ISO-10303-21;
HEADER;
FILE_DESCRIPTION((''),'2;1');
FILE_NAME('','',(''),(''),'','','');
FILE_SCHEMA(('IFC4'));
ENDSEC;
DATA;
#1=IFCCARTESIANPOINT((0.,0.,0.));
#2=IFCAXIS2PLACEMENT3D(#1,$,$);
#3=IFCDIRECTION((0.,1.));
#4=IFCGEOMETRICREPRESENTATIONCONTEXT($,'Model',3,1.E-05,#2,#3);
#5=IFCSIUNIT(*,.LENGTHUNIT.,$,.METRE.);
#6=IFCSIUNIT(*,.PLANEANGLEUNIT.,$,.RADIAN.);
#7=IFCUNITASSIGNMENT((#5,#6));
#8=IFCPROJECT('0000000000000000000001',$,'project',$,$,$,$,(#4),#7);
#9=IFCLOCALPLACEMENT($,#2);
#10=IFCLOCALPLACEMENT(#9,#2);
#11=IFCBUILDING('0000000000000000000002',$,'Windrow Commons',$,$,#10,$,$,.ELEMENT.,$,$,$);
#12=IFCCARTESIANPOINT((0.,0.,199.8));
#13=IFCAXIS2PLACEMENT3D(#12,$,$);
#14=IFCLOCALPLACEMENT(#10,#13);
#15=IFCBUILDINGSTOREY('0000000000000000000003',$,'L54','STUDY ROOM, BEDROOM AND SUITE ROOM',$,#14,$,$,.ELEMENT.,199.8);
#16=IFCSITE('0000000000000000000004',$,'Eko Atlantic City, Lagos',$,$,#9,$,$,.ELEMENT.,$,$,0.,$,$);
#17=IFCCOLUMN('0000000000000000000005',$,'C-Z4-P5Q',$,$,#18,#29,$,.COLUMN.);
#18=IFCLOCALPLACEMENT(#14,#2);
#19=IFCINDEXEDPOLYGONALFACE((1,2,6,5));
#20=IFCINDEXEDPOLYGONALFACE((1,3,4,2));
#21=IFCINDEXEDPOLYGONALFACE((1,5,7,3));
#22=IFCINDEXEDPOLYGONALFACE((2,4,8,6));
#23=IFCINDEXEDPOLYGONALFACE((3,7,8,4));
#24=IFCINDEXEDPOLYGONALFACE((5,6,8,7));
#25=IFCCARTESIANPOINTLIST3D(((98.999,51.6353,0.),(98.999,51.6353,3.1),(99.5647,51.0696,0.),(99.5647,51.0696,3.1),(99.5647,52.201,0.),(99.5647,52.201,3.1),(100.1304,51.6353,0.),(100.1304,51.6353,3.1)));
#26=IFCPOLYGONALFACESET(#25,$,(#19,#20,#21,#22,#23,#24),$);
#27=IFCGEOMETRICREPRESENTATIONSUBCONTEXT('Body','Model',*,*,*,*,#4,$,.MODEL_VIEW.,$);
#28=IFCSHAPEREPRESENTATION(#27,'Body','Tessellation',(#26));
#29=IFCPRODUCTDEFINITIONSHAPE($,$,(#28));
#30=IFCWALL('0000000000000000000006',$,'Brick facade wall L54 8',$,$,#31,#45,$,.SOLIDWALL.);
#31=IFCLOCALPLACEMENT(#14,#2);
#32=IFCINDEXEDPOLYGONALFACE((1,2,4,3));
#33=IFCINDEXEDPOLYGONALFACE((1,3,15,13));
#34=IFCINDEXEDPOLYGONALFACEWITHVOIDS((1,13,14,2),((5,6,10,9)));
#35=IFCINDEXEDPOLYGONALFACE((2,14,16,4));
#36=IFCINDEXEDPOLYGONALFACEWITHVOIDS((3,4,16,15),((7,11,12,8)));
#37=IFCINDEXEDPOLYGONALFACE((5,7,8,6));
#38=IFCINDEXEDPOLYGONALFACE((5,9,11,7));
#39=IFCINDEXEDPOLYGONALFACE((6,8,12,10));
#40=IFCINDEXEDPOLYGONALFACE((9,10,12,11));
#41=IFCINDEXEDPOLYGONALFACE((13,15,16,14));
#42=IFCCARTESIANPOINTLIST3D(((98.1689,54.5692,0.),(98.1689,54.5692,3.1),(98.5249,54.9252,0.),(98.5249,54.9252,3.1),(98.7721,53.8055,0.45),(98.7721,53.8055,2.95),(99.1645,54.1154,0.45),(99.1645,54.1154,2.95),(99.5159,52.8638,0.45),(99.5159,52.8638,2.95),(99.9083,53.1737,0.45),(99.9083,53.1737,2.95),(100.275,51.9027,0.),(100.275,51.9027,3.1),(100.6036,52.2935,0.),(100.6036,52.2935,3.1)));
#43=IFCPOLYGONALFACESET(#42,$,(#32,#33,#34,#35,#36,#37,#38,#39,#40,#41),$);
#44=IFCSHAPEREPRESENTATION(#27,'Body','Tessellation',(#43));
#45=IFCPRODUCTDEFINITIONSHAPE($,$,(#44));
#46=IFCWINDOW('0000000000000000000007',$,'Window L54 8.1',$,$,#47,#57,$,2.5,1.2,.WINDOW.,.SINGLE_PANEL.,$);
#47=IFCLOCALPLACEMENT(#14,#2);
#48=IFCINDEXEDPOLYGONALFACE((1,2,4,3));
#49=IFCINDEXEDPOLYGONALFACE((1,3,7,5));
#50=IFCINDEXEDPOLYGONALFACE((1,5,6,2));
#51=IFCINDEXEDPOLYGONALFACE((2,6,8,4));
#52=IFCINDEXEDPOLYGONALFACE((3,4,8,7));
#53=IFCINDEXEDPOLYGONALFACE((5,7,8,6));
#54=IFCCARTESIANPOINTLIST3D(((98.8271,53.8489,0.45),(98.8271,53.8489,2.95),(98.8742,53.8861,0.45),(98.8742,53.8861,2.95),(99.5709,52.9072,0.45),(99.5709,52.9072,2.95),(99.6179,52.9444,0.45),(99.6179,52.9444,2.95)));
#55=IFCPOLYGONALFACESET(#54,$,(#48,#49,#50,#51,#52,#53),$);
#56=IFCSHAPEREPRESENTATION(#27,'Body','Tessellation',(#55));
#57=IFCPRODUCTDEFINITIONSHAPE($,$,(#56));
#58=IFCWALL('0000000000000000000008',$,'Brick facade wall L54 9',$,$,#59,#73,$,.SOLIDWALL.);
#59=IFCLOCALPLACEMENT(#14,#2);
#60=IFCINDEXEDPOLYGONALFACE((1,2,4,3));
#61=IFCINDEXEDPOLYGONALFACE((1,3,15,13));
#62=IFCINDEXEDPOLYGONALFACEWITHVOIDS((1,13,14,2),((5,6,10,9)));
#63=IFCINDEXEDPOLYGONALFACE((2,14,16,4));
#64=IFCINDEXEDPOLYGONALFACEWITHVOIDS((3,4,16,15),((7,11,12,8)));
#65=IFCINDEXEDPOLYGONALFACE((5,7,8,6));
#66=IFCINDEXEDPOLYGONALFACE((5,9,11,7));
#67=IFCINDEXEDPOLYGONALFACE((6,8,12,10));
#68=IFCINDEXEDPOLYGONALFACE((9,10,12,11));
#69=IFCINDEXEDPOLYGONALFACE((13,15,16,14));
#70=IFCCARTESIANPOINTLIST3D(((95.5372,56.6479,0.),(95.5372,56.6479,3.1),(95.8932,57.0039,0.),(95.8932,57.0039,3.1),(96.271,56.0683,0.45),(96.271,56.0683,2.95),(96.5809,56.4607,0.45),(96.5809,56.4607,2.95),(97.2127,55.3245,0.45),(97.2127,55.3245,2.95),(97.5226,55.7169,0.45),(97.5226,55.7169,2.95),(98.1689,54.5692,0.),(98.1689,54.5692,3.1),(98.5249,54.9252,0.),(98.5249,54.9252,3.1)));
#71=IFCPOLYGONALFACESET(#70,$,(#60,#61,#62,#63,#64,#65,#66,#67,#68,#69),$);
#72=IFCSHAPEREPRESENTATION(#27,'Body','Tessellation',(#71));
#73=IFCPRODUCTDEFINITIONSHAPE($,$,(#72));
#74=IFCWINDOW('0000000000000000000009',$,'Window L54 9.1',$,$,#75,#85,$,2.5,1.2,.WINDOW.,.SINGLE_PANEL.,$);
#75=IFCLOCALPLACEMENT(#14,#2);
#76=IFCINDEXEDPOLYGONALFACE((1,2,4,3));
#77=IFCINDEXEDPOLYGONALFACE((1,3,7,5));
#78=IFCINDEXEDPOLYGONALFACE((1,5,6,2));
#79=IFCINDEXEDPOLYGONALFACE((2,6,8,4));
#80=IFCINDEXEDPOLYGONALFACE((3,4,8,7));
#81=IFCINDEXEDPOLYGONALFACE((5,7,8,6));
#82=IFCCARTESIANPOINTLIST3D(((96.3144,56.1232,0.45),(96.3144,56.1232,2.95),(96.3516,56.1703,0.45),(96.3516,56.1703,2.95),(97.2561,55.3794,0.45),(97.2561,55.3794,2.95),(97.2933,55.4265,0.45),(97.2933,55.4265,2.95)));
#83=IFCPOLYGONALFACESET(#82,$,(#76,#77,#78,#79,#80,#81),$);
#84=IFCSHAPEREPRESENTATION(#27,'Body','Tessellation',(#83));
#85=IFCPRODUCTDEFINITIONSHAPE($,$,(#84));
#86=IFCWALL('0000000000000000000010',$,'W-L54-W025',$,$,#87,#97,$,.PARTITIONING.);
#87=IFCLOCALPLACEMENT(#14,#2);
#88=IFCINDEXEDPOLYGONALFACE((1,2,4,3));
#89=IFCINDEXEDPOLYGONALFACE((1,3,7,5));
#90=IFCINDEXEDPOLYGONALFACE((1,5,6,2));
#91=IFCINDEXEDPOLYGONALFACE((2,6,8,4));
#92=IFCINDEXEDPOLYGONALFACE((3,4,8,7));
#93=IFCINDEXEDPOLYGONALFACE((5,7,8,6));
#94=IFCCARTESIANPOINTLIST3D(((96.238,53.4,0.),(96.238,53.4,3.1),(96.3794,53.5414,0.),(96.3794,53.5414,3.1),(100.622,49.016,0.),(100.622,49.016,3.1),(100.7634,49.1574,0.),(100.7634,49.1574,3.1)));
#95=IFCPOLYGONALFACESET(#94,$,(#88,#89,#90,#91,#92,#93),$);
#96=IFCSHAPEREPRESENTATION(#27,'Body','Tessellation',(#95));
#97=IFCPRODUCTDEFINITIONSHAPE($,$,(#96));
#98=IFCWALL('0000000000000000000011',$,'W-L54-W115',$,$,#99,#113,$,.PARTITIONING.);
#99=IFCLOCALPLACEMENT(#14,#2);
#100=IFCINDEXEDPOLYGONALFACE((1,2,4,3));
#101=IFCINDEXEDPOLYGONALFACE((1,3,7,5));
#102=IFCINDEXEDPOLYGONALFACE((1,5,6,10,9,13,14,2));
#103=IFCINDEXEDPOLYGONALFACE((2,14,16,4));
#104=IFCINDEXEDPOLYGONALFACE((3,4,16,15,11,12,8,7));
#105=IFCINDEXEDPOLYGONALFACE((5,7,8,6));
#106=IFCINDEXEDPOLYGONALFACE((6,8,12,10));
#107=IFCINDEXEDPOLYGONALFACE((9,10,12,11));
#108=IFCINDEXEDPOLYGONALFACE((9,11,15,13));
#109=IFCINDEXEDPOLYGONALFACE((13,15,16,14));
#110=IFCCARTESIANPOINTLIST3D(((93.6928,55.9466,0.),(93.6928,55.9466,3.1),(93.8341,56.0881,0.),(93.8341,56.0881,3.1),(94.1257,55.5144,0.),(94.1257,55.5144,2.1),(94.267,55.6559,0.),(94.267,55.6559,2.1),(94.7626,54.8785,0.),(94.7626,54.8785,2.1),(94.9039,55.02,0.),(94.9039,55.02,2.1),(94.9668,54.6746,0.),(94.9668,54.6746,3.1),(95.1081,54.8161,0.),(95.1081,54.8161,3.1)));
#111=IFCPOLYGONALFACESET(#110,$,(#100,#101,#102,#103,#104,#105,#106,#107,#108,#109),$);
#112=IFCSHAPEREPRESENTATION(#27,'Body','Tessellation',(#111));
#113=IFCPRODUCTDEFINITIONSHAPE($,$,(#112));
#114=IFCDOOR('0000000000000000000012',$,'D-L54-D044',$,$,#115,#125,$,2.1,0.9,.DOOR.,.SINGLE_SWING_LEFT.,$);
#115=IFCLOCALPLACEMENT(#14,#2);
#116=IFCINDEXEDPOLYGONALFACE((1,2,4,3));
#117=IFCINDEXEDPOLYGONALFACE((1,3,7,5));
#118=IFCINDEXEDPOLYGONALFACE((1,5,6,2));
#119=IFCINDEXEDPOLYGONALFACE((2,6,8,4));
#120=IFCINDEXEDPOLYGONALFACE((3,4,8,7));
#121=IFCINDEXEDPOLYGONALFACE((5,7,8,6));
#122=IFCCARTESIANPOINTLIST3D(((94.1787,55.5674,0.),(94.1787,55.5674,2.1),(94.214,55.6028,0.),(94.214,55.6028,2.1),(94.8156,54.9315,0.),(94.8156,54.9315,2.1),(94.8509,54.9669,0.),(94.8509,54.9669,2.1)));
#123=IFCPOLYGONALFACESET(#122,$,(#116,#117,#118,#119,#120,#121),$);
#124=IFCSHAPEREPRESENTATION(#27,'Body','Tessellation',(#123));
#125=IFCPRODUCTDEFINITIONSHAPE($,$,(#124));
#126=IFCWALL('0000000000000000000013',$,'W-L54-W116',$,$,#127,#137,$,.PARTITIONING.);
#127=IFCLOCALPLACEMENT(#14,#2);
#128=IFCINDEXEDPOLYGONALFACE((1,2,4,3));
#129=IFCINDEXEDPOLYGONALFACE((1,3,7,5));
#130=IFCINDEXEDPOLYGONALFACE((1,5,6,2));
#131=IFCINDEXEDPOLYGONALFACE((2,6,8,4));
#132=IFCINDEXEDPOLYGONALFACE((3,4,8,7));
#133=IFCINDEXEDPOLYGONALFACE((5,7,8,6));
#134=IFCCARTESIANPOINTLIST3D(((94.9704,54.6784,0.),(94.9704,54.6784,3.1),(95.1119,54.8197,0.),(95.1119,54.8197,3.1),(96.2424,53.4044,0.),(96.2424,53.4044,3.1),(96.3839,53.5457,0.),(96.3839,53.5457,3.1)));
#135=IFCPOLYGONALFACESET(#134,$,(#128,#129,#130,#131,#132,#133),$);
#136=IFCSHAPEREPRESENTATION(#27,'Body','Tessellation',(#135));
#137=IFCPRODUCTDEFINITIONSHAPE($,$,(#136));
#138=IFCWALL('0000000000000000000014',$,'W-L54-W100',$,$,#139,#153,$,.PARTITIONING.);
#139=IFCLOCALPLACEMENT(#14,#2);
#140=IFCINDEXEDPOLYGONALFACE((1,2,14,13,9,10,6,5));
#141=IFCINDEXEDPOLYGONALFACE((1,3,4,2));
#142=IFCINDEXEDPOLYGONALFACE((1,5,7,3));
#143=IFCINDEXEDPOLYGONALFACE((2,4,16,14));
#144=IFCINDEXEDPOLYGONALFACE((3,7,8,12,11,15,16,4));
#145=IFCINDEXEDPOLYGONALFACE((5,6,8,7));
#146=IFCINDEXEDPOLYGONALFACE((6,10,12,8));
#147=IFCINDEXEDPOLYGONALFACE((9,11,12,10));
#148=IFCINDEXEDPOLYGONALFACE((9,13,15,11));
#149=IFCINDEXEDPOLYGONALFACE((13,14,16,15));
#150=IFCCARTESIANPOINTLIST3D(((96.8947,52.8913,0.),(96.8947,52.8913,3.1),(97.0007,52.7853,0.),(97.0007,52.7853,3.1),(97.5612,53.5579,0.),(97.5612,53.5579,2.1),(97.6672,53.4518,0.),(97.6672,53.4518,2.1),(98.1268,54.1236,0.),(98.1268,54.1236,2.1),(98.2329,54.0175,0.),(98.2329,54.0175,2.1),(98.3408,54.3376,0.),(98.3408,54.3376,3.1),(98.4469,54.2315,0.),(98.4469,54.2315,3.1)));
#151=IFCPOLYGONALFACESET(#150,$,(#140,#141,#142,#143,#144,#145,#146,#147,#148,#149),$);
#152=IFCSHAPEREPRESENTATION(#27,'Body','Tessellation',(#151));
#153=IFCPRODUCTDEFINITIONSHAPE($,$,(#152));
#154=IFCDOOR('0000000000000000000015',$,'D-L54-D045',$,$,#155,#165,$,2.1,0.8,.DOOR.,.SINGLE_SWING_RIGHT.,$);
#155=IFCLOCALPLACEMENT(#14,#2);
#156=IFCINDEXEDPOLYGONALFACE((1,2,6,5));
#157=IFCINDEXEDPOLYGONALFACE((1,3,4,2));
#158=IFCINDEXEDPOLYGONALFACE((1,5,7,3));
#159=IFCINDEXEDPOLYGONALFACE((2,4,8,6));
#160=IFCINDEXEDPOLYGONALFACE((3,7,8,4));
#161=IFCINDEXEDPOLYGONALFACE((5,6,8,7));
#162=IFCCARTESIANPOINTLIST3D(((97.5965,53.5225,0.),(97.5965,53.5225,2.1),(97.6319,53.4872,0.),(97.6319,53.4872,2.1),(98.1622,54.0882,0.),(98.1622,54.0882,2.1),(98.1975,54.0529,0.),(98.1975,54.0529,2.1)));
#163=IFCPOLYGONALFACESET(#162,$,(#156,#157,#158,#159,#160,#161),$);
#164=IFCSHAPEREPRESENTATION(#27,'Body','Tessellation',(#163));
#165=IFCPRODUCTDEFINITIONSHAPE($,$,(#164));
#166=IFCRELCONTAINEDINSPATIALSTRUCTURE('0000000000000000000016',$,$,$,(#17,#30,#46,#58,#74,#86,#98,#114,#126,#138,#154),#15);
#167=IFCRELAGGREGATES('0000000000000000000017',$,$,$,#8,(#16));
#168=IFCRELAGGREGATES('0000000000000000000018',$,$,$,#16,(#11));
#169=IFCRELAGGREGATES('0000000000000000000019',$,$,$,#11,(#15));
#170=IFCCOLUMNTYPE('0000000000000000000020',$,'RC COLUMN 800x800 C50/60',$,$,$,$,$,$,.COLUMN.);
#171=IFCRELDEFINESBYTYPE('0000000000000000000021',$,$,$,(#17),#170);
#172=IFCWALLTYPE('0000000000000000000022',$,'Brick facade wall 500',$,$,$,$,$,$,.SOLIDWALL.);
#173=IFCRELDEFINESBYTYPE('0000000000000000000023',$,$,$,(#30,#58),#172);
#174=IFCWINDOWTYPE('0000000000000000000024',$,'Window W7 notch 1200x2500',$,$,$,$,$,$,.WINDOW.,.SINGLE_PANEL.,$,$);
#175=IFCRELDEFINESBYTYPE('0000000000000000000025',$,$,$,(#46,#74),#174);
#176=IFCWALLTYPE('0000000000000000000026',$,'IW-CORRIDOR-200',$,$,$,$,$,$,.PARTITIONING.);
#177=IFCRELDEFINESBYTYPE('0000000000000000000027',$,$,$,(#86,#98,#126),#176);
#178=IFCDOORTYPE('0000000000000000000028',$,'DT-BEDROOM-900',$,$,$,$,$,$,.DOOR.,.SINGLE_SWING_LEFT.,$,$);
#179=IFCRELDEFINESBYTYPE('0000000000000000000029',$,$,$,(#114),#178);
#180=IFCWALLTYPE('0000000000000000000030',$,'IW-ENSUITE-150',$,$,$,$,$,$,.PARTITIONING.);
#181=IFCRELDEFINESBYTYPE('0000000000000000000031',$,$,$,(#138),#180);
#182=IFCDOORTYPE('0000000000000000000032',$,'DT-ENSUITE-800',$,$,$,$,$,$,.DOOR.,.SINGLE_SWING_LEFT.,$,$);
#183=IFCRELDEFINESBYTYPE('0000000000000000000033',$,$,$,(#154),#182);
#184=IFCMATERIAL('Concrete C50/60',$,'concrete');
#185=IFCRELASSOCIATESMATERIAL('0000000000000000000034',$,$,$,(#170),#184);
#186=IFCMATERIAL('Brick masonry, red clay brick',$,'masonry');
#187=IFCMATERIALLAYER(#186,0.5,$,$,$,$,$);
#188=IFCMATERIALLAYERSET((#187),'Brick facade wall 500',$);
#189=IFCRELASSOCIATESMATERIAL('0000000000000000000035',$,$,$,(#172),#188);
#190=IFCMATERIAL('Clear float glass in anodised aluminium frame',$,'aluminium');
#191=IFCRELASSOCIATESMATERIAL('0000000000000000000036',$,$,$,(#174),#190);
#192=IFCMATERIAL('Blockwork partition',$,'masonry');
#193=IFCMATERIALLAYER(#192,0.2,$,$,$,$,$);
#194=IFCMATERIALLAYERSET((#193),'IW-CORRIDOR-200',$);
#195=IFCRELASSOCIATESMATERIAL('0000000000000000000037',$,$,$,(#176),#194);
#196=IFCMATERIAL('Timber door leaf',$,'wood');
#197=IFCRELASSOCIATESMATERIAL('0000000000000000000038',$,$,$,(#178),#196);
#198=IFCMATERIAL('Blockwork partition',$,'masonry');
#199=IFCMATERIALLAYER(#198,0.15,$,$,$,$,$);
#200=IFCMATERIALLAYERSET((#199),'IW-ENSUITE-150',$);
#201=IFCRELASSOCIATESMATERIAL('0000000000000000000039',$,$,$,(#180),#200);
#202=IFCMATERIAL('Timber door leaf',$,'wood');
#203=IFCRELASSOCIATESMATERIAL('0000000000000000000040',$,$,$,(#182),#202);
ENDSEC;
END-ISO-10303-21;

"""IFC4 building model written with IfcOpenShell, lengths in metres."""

from ifc_helpers import new_model, si_unit, direction, frame, frame_2d, origin, origin_2d, place, context, subcontext, project, spatial, polyline, rectangle, outline, extrude, material, layer, layer_set, material_profile, profile_set, type_object, element, fill, save


model = new_model("IFC4")

# Units and contexts
model_context = context("Model", 3, precision=1e-05, world=origin(), true_north=direction((0.0, 1.0)))
body_context = subcontext(model_context, "Body", "Model", "MODEL_VIEW")
ifc_project = project(units=[si_unit("LENGTHUNIT", "METRE"), si_unit("PLANEANGLEUNIT", "RADIAN")], contexts=[model_context])

# Site, building, storey
site_placement = place(None, origin())
site = spatial("IfcSite", under=ifc_project, at=site_placement, Name="Eko Atlantic City, Lagos", CompositionType="ELEMENT", RefElevation=0.0)
building_placement = place(site_placement, origin())
building = spatial("IfcBuilding", under=site, at=building_placement, Name="Windrow Commons", CompositionType="ELEMENT")
storey_placement = place(building_placement, frame((0.0, 0.0, 199.8)))
storey = spatial("IfcBuildingStorey", under=building, at=storey_placement, Name="L54", Description="STUDY ROOM, BEDROOM AND SUITE ROOM", CompositionType="ELEMENT", Elevation=199.8)

# Column
ifc_material_1 = material(Name="Concrete C50/60", Category="concrete")
ifc_material_profile = material_profile(ifc_material_1, rectangle(XDim=0.8, YDim=0.8, at=origin_2d()))
ifc_profile_set = profile_set([ifc_material_profile], Name="Concrete C50/60")
column_type = type_object("IfcColumnType", Name="RC COLUMN 800x800 C50/60", PredefinedType="COLUMN", material=ifc_profile_set)
column_placement = place(storey_placement, frame((99.5647, 51.6353, 0.0), z_axis=(0.0, 0.0, 1.0), x_axis=(0.707107, -0.707107, 0.0)))
element("IfcColumn", 1, at=column_placement, inside=storey, type_object=column_type, Name="C-Z4-P5Q", PredefinedType="COLUMN", context=body_context, shape_type="SweptSolid", body=[
    extrude(rectangle(XDim=0.8, YDim=0.8, at=origin_2d()), origin(), (0.0, 0.0, 1.0), 3.1),
])

# Walls, openings, windows
ifc_material_2 = material(Name="Brick masonry, red clay brick", Category="masonry")
ifc_layer_1 = layer(ifc_material_2, 0.5)
ifc_layer_set_1 = layer_set([ifc_layer_1], Name="Brick facade wall 500")
wall_type_1 = type_object("IfcWallType", Name="Brick facade wall 500", PredefinedType="SOLIDWALL", material=ifc_layer_set_1)
wall_1_placement = place(storey_placement, frame((100.4393, 52.0981, 0.0), z_axis=(0.0, 0.0, 1.0), x_axis=(-0.619828, 0.784738, 0.0)))
wall_1 = element("IfcWall", 2, at=wall_1_placement, inside=storey, type_object=wall_type_1, Name="Brick facade wall L54 8", PredefinedType="SOLIDWALL", context=body_context, shape_type="SweptSolid", body=[
    extrude(outline(polyline([(0.0515, -0.25), (3.4051, -0.25), (3.3464, 0.25), (-0.0515, 0.25), (0.0515, -0.25)])), origin(), (0.0, 0.0, 1.0), 3.1),
])
opening_1_placement = place(wall_1_placement, frame((1.1732, 0.0, 0.45)))
opening_1 = element("IfcOpeningElement", 3, at=opening_1_placement, cuts=wall_1, PredefinedType="OPENING", context=body_context, shape_type="SweptSolid", body=[
    extrude(rectangle(XDim=1.2, YDim=2.5, at=frame_2d((0.6, 1.25))), frame((0.0, 0.26, 0.0), z_axis=(0.0, -1.0, 0.0), x_axis=(1.0, 0.0, 0.0)), (0.0, 0.0, 1.0), 0.52),
])
ifc_material_3 = material(Name="Clear float glass in anodised aluminium frame", Category="aluminium")
window_type = type_object("IfcWindowType", Name="Window W7 notch 1200x2500", PartitioningType="SINGLE_PANEL", PredefinedType="WINDOW", material=ifc_material_3)
window_1_placement = place(opening_1_placement, origin())
window_1 = element("IfcWindow", 4, at=window_1_placement, inside=storey, type_object=window_type, Name="Window L54 8.1", OverallHeight=2.5, OverallWidth=1.2, PartitioningType="SINGLE_PANEL", PredefinedType="WINDOW", context=body_context, shape_type="SweptSolid", body=[
    extrude(rectangle(XDim=1.2, YDim=2.5, at=frame_2d((0.6, 1.25))), frame((0.0, 0.18, 0.0), z_axis=(0.0, -1.0, 0.0), x_axis=(1.0, 0.0, 0.0)), (0.0, 0.0, 1.0), 0.06),
])
fill(opening_1, window_1)
wall_2_placement = place(storey_placement, frame((98.3469, 54.7472, 0.0), z_axis=(0.0, 0.0, 1.0), x_axis=(-0.784732, 0.619836, 0.0)))
wall_2 = element("IfcWall", 5, at=wall_2_placement, inside=storey, type_object=wall_type_1, Name="Brick facade wall L54 9", PredefinedType="SOLIDWALL", context=body_context, shape_type="SweptSolid", body=[
    extrude(outline(polyline([(-0.0293, -0.25), (3.3243, -0.25), (3.383, 0.25), (0.0293, 0.25), (-0.0293, -0.25)])), origin(), (0.0, 0.0, 1.0), 3.1),
])
opening_2_placement = place(wall_2_placement, frame((1.2479, 0.0, 0.45)))
opening_2 = element("IfcOpeningElement", 6, at=opening_2_placement, cuts=wall_2, PredefinedType="OPENING", context=body_context, shape_type="SweptSolid", body=[
    extrude(rectangle(XDim=1.2, YDim=2.5, at=frame_2d((0.6, 1.25))), frame((0.0, 0.26, 0.0), z_axis=(0.0, -1.0, 0.0), x_axis=(1.0, 0.0, 0.0)), (0.0, 0.0, 1.0), 0.52),
])
window_2_placement = place(opening_2_placement, origin())
window_2 = element("IfcWindow", 7, at=window_2_placement, inside=storey, type_object=window_type, Name="Window L54 9.1", OverallHeight=2.5, OverallWidth=1.2, PartitioningType="SINGLE_PANEL", PredefinedType="WINDOW", context=body_context, shape_type="SweptSolid", body=[
    extrude(rectangle(XDim=1.2, YDim=2.5, at=frame_2d((0.6, 1.25))), frame((0.0, 0.18, 0.0), z_axis=(0.0, -1.0, 0.0), x_axis=(1.0, 0.0, 0.0)), (0.0, 0.0, 1.0), 0.06),
])
fill(opening_2, window_2)

# Wall
ifc_material_4 = material(Name="Blockwork partition", Category="masonry")
ifc_layer_2 = layer(ifc_material_4, 0.2)
ifc_layer_set_2 = layer_set([ifc_layer_2], Name="IW-CORRIDOR-200")
wall_type_2 = type_object("IfcWallType", Name="IW-CORRIDOR-200", PredefinedType="PARTITIONING", material=ifc_layer_set_2)
wall_3_placement = place(storey_placement, frame((96.3087, 53.4707, 0.0), z_axis=(0.0, 0.0, 1.0), x_axis=(0.707107, -0.707107, 0.0)))
element("IfcWall", 8, at=wall_3_placement, inside=storey, type_object=wall_type_2, Name="W-L54-W025", PredefinedType="PARTITIONING", context=body_context, shape_type="SweptSolid", body=[
    extrude(rectangle(XDim=6.1999, YDim=0.2, at=frame_2d((3.1, 0.0))), origin(), (0.0, 0.0, 1.0), 3.1),
])

# Wall, opening, door
wall_4_placement = place(storey_placement, frame((93.7634, 56.0174, 0.0), z_axis=(0.0, 0.0, 1.0), x_axis=(0.707662, -0.706551, 0.0)))
wall_4 = element("IfcWall", 9, at=wall_4_placement, inside=storey, type_object=wall_type_2, Name="W-L54-W115", PredefinedType="PARTITIONING", context=body_context, shape_type="SweptSolid", body=[
    extrude(rectangle(XDim=1.8003, YDim=0.2, at=frame_2d((0.9002, 0.0))), origin(), (0.0, 0.0, 1.0), 3.1),
])
opening_3_placement = place(wall_4_placement, frame((0.6118, 0.0, 0.0)))
opening_3 = element("IfcOpeningElement", 10, at=opening_3_placement, cuts=wall_4, PredefinedType="OPENING", context=body_context, shape_type="SweptSolid", body=[
    extrude(rectangle(XDim=0.9, YDim=2.1, at=frame_2d((0.45, 1.05))), frame((0.0, 0.11, 0.0), z_axis=(0.0, -1.0, 0.0), x_axis=(1.0, 0.0, 0.0)), (0.0, 0.0, 1.0), 0.22),
])
ifc_material_5 = material(Name="Timber door leaf", Category="wood")
door_type_1 = type_object("IfcDoorType", Name="DT-BEDROOM-900", OperationType="SINGLE_SWING_LEFT", PredefinedType="DOOR", material=ifc_material_5)
door_1_placement = place(opening_3_placement, origin())
door_1 = element("IfcDoor", 11, at=door_1_placement, inside=storey, type_object=door_type_1, Name="D-L54-D044", OperationType="SINGLE_SWING_LEFT", OverallHeight=2.1, OverallWidth=0.9, PredefinedType="DOOR", context=body_context, shape_type="SweptSolid", body=[
    extrude(rectangle(XDim=0.9, YDim=2.1, at=frame_2d((0.45, 1.05))), frame((0.0, 0.025, 0.0), z_axis=(0.0, -1.0, 0.0), x_axis=(1.0, 0.0, 0.0)), (0.0, 0.0, 1.0), 0.05),
])
fill(opening_3, door_1)

# Wall
wall_5_placement = place(storey_placement, frame((95.0411, 54.7491, 0.0), z_axis=(0.0, 0.0, 1.0), x_axis=(0.706551, -0.707662, 0.0)))
element("IfcWall", 12, at=wall_5_placement, inside=storey, type_object=wall_type_2, Name="W-L54-W116", PredefinedType="PARTITIONING", context=body_context, shape_type="SweptSolid", body=[
    extrude(rectangle(XDim=1.8003, YDim=0.2, at=frame_2d((0.9002, 0.0))), origin(), (0.0, 0.0, 1.0), 3.1),
])

# Wall, opening, door
ifc_material_6 = material(Name="Blockwork partition", Category="masonry")
ifc_layer_3 = layer(ifc_material_6, 0.15)
ifc_layer_set_3 = layer_set([ifc_layer_3], Name="IW-ENSUITE-150")
wall_type_3 = type_object("IfcWallType", Name="IW-ENSUITE-150", PredefinedType="PARTITIONING", material=ifc_layer_set_3)
wall_6_placement = place(storey_placement, frame((96.9477, 52.8383, 0.0), z_axis=(0.0, 0.0, 1.0), x_axis=(0.707082, 0.707131, 0.0)))
wall_6 = element("IfcWall", 13, at=wall_6_placement, inside=storey, type_object=wall_type_3, Name="W-L54-W100", PredefinedType="PARTITIONING", context=body_context, shape_type="SweptSolid", body=[
    extrude(rectangle(XDim=2.0452, YDim=0.15, at=frame_2d((1.0226, 0.0))), origin(), (0.0, 0.0, 1.0), 3.1),
])
opening_4_placement = place(wall_6_placement, frame((0.9426, 0.0, 0.0)))
opening_4 = element("IfcOpeningElement", 14, at=opening_4_placement, cuts=wall_6, PredefinedType="OPENING", context=body_context, shape_type="SweptSolid", body=[
    extrude(rectangle(XDim=0.8, YDim=2.1, at=frame_2d((0.4, 1.05))), frame((0.0, 0.085, 0.0), z_axis=(0.0, -1.0, 0.0), x_axis=(1.0, 0.0, 0.0)), (0.0, 0.0, 1.0), 0.17),
])
ifc_material_7 = material(Name="Timber door leaf", Category="wood")
door_type_2 = type_object("IfcDoorType", Name="DT-ENSUITE-800", OperationType="SINGLE_SWING_LEFT", PredefinedType="DOOR", material=ifc_material_7)
door_2_placement = place(opening_4_placement, origin())
door_2 = element("IfcDoor", 15, at=door_2_placement, inside=storey, type_object=door_type_2, Name="D-L54-D045", OperationType="SINGLE_SWING_RIGHT", OverallHeight=2.1, OverallWidth=0.8, PredefinedType="DOOR", context=body_context, shape_type="SweptSolid", body=[
    extrude(rectangle(XDim=0.8, YDim=2.1, at=frame_2d((0.4, 1.05))), frame((0.0, 0.025, 0.0), z_axis=(0.0, -1.0, 0.0), x_axis=(1.0, 0.0, 0.0)), (0.0, 0.0, 1.0), 0.05),
])
fill(opening_4, door_2)

save(model, "model.ifc")
